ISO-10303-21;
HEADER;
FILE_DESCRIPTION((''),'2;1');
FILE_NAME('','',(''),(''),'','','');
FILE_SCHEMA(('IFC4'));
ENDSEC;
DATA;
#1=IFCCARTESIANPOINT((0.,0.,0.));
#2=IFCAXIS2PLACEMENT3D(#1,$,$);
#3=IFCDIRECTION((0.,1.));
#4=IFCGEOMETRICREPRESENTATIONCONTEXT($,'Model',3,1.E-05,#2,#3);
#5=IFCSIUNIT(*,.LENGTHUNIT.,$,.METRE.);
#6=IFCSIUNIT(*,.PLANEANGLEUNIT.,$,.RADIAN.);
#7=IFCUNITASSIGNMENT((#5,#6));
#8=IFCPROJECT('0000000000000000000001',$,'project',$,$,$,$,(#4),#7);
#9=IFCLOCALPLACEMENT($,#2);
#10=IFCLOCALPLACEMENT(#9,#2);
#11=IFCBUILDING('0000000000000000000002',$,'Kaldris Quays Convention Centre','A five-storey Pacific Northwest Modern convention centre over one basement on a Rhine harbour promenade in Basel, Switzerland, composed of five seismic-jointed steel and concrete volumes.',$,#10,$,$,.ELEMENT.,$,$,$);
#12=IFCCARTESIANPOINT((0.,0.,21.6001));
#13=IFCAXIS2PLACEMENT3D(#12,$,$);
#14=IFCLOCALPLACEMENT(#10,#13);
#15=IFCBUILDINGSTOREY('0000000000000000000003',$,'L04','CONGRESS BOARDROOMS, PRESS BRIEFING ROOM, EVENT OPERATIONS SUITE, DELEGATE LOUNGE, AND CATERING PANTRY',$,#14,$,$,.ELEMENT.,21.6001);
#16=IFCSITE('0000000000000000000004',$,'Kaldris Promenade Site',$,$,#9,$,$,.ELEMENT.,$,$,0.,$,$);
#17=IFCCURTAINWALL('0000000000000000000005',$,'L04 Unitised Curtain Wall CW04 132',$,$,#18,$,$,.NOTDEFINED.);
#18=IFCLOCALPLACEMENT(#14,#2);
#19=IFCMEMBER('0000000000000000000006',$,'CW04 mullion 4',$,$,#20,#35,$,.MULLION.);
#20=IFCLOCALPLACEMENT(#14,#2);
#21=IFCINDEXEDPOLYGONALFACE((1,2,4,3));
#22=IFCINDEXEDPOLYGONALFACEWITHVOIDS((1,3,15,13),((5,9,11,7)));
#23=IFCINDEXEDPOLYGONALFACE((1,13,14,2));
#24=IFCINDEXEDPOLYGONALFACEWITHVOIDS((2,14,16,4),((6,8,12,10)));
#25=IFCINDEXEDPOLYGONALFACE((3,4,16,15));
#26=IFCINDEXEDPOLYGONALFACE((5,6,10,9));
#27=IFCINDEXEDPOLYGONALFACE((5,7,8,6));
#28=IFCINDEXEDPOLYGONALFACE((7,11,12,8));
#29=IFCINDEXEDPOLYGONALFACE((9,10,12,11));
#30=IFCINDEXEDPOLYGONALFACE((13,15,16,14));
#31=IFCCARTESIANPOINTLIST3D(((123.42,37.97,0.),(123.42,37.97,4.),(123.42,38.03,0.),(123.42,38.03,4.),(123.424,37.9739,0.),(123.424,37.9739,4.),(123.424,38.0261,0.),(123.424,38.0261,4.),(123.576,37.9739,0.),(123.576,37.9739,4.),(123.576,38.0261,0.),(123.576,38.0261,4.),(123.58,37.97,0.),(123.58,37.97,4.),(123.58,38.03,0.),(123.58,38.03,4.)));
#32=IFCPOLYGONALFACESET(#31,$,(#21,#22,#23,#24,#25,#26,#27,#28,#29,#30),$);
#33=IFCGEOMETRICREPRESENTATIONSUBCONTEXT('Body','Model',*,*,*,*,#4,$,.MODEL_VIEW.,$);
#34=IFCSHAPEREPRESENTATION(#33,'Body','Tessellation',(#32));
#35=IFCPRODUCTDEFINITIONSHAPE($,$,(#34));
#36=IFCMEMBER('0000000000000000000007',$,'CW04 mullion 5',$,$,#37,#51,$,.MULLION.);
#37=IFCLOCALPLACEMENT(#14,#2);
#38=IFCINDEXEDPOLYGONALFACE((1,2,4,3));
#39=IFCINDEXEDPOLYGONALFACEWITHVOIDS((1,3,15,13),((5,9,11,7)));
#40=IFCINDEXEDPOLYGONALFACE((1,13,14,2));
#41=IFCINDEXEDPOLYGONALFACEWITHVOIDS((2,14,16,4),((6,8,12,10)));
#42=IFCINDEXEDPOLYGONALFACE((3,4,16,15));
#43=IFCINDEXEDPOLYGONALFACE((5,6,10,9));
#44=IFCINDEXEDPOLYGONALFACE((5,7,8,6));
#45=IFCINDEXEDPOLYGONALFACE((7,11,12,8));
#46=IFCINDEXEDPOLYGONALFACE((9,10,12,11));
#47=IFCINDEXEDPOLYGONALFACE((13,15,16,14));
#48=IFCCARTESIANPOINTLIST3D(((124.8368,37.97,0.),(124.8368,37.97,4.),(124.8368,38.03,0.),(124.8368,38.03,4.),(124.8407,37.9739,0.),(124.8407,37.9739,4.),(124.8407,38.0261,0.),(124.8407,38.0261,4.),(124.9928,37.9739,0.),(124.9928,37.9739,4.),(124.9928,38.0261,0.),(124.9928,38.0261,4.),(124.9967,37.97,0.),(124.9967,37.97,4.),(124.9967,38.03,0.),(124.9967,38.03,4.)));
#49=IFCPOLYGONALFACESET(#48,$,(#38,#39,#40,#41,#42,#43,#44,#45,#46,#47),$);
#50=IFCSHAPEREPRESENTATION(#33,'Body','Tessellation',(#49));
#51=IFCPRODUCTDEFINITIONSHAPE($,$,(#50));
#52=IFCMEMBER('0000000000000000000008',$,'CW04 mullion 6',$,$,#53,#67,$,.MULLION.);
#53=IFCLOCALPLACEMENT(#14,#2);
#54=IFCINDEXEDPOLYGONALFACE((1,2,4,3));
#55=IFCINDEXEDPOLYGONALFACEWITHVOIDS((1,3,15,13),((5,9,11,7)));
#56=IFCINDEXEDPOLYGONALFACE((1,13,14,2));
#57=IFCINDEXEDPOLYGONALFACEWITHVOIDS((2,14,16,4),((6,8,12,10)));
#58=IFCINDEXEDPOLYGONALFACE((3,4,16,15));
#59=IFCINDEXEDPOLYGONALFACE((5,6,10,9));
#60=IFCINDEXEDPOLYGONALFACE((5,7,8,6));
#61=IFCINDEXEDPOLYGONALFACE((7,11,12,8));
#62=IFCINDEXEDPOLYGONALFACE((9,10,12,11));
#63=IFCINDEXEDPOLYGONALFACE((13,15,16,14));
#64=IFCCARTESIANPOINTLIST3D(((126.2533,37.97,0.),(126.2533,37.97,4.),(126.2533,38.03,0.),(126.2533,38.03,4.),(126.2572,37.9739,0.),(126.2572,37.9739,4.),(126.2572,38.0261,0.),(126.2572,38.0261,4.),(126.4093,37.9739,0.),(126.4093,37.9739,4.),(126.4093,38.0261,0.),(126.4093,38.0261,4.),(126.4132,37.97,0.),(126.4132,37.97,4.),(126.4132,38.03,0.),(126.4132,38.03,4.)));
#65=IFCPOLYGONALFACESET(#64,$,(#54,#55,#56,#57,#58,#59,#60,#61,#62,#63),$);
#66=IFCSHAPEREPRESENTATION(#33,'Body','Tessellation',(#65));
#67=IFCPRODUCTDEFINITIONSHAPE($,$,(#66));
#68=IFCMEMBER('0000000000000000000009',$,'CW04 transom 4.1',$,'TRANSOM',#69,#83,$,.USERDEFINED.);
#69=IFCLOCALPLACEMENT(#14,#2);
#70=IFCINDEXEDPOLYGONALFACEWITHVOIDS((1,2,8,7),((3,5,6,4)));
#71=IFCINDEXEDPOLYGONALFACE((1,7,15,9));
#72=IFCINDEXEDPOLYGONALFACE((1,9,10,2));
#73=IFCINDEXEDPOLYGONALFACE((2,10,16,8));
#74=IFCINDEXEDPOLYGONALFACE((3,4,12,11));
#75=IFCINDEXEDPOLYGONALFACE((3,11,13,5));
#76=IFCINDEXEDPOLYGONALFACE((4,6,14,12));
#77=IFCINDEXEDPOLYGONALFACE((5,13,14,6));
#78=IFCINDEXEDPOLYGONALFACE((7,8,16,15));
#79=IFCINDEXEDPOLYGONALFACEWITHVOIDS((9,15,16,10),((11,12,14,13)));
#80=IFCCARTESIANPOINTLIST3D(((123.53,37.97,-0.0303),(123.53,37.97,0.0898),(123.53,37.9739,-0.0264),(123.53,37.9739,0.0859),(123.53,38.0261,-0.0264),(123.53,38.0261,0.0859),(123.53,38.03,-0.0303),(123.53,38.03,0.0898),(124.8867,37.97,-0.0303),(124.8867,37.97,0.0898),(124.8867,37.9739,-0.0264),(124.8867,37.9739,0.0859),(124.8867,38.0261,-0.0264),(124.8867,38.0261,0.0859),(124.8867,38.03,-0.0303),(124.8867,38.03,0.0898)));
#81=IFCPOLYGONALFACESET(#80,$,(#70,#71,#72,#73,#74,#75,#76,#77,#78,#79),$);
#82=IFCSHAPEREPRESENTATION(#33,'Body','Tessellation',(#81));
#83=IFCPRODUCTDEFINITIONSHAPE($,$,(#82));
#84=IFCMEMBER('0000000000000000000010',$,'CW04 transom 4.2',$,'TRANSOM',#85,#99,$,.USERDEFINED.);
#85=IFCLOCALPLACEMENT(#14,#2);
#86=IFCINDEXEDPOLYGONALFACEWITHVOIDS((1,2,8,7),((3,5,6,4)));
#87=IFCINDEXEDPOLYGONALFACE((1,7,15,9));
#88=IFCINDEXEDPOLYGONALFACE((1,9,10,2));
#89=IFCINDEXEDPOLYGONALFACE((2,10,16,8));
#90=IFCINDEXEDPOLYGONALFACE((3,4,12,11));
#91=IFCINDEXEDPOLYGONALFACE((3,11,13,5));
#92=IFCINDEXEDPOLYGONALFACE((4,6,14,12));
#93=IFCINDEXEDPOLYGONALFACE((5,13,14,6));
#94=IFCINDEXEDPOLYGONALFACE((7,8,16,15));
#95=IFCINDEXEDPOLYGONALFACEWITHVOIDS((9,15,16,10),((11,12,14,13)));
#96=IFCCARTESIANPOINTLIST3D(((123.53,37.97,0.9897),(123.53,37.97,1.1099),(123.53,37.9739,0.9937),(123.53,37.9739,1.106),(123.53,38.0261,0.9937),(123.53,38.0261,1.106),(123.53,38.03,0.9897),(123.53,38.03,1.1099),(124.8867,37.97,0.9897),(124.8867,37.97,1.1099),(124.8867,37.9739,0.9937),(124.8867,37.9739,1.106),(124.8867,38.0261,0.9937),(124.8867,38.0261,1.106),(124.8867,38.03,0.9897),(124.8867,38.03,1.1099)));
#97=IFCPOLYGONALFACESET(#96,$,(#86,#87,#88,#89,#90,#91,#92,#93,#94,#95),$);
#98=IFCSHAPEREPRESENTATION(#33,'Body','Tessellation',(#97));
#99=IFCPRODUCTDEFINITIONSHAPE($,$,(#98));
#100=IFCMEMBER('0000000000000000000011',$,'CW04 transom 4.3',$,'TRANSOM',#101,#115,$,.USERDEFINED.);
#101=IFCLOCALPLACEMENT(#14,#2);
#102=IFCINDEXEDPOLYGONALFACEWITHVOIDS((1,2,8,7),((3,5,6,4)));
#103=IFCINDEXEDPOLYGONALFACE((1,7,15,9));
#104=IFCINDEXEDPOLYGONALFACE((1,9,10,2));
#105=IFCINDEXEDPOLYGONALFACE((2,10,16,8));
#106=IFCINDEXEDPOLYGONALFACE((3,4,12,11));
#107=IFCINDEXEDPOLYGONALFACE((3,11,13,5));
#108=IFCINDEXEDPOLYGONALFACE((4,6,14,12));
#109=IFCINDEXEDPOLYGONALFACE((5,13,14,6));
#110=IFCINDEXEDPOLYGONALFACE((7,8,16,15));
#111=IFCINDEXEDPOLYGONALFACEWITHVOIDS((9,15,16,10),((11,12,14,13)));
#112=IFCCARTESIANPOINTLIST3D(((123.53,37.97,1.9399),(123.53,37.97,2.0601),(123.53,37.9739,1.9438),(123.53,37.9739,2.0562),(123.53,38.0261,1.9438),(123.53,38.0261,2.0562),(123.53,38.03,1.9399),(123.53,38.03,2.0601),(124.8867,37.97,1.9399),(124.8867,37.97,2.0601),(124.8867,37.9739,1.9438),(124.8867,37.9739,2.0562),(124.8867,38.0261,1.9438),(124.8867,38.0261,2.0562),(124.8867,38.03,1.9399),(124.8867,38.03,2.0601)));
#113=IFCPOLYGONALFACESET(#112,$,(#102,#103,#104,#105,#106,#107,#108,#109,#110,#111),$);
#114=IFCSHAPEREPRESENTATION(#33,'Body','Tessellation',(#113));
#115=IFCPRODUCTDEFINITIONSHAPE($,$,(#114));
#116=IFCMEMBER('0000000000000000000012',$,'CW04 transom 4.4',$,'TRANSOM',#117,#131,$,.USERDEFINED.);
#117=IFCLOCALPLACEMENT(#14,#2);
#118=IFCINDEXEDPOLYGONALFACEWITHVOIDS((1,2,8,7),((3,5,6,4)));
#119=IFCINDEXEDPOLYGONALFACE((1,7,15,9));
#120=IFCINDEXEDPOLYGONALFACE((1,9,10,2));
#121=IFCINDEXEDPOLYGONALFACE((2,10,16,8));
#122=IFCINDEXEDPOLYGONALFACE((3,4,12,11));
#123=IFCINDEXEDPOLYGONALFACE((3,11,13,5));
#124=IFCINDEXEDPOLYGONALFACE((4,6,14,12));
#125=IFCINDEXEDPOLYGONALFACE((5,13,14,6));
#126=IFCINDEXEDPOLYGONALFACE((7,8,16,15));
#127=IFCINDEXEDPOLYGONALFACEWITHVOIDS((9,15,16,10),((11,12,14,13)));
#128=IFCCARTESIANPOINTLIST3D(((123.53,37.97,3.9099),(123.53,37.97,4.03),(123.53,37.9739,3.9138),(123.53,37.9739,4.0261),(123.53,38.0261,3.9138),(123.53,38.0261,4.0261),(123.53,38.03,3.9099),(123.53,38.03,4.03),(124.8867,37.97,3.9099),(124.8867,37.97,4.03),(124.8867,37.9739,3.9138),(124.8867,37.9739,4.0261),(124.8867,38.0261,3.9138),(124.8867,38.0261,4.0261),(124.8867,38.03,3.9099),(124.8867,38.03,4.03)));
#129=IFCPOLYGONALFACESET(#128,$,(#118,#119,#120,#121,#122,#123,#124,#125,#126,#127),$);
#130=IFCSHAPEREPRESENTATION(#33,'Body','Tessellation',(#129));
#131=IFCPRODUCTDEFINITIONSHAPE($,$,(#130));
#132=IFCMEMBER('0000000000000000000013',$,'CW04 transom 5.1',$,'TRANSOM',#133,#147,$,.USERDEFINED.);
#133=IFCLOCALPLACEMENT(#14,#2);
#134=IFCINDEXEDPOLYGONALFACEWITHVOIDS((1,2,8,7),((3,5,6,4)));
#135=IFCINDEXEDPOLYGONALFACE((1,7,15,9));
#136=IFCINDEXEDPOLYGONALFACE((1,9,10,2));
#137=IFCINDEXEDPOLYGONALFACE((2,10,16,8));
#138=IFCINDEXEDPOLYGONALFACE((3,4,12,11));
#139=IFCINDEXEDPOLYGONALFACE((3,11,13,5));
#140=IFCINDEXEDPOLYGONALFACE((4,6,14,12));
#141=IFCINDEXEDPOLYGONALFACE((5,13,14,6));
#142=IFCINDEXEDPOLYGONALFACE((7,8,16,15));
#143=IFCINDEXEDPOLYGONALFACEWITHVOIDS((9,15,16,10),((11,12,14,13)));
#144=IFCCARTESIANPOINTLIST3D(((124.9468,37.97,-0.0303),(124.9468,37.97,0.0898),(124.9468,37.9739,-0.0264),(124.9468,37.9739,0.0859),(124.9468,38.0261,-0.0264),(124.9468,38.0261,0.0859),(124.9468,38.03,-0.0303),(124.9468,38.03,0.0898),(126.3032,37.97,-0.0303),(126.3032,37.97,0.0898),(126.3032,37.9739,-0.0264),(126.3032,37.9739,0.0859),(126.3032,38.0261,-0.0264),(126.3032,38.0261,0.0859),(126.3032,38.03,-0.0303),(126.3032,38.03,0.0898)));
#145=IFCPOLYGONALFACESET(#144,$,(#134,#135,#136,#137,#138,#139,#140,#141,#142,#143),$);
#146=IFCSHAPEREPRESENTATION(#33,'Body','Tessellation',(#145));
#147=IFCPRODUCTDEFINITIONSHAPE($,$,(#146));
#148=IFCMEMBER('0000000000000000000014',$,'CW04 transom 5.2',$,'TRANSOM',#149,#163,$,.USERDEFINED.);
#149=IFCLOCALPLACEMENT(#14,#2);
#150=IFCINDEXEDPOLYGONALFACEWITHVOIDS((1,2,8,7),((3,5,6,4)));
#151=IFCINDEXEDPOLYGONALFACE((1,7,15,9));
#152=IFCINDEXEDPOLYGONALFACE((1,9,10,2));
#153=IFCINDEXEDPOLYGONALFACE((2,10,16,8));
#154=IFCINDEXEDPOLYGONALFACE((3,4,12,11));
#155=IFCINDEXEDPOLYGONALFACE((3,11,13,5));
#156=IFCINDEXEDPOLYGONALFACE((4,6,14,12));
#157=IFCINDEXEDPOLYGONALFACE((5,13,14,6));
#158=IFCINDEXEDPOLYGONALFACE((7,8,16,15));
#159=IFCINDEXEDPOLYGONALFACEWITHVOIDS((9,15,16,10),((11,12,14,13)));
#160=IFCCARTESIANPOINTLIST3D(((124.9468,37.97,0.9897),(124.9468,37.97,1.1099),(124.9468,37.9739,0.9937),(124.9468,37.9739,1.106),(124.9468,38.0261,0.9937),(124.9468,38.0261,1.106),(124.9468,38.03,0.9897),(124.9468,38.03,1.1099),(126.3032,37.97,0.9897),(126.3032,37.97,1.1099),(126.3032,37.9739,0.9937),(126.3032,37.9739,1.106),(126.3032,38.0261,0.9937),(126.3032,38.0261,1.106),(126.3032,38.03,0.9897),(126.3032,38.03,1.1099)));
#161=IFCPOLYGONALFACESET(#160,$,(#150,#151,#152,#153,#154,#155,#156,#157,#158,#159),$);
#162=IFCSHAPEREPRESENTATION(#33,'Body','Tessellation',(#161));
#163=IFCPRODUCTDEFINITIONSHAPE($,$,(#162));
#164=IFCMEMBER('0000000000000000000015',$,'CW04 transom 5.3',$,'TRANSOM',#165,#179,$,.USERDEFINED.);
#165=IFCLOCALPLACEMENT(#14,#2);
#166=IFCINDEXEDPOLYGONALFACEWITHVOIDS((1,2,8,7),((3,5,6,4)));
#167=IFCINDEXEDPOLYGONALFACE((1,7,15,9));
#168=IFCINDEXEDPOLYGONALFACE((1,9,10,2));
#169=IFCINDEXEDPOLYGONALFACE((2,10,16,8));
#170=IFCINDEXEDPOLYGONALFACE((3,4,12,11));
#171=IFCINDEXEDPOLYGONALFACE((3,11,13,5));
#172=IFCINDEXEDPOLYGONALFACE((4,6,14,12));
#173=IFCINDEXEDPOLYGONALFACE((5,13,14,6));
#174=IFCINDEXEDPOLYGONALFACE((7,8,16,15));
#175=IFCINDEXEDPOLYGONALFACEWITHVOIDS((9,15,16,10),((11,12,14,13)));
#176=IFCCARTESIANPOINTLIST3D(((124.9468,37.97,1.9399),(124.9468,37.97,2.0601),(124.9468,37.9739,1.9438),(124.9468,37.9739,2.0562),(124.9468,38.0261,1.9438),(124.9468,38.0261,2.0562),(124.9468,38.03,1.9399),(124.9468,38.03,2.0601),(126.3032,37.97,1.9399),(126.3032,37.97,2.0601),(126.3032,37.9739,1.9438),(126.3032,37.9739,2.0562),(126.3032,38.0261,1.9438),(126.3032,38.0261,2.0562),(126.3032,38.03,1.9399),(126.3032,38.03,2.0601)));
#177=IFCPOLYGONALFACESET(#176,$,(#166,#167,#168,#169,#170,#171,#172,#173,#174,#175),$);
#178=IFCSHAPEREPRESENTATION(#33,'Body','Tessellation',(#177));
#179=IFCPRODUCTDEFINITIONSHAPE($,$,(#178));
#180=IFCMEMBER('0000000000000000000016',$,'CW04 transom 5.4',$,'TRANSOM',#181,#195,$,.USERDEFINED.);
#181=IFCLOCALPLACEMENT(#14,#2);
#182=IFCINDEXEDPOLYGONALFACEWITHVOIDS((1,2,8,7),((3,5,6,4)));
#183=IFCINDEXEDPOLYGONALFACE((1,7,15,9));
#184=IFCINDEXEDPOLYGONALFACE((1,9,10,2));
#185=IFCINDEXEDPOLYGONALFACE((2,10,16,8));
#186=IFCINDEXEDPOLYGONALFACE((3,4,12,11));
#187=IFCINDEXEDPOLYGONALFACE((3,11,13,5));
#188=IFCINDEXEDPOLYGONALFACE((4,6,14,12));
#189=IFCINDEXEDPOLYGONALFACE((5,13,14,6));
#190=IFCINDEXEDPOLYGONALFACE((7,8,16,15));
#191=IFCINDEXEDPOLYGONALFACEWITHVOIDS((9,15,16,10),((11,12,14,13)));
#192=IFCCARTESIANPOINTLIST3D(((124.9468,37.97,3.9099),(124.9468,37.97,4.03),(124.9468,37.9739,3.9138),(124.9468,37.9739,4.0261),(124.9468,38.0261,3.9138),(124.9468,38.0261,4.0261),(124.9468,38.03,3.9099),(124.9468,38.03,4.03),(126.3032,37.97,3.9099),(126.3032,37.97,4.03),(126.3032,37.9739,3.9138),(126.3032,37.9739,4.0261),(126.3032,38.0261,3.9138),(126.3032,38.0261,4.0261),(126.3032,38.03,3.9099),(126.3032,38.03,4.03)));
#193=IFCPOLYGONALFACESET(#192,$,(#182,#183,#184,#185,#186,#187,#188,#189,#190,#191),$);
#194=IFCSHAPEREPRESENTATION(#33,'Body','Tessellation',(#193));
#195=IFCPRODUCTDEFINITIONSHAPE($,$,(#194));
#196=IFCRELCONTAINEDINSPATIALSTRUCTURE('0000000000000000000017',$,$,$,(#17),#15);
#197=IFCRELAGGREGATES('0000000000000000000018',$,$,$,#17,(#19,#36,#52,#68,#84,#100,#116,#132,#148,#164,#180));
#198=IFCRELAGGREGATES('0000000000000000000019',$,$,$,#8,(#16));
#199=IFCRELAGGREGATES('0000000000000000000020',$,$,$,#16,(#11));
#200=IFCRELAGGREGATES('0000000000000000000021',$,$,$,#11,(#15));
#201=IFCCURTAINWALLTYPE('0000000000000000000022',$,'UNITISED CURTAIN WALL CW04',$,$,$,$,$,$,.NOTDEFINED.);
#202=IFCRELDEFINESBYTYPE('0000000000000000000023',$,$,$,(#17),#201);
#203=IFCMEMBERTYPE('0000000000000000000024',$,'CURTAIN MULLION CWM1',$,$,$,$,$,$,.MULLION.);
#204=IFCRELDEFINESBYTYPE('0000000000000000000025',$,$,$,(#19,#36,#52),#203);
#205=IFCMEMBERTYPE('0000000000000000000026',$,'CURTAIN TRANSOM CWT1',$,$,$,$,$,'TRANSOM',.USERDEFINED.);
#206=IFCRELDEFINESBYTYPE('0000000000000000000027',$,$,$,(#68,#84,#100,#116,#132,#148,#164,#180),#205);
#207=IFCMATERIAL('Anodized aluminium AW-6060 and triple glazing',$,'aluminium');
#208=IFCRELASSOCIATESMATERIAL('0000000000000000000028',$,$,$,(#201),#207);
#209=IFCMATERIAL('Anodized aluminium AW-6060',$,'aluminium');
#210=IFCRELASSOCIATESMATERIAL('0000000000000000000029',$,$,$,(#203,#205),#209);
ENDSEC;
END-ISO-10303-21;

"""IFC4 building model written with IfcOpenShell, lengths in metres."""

from ifc_helpers import new_model, si_unit, direction, frame, origin, origin_2d, place, context, subcontext, project, spatial, hollow_rectangle, extrude, material, material_profile, profile_set, type_object, element, aggregate, save


model = new_model("IFC4")

# Units and contexts
model_context = context("Model", 3, precision=1e-05, world=origin(), true_north=direction((0.0, 1.0)))
body_context = subcontext(model_context, "Body", "Model", "MODEL_VIEW")
ifc_project = project(units=[si_unit("LENGTHUNIT", "METRE"), si_unit("PLANEANGLEUNIT", "RADIAN")], contexts=[model_context])

# Site, building, storey
site_placement = place(None, origin())
site = spatial("IfcSite", under=ifc_project, at=site_placement, Name="Kaldris Promenade Site", CompositionType="ELEMENT", RefElevation=0.0)
building_placement = place(site_placement, origin())
building = spatial("IfcBuilding", under=site, at=building_placement, Name="Kaldris Quays Convention Centre", Description="A five-storey Pacific Northwest Modern convention centre over one basement on a Rhine harbour promenade in Basel, Switzerland, composed of five seismic-jointed steel and concrete volumes.", CompositionType="ELEMENT")
storey_placement = place(building_placement, frame((0.0, 0.0, 21.6001)))
storey = spatial("IfcBuildingStorey", under=building, at=storey_placement, Name="L04", Description="CONGRESS BOARDROOMS, PRESS BRIEFING ROOM, EVENT OPERATIONS SUITE, DELEGATE LOUNGE, AND CATERING PANTRY", CompositionType="ELEMENT", Elevation=21.6001)

# Curtain wall, members
ifc_material_1 = material(Name="Anodized aluminium AW-6060 and triple glazing", Category="aluminium")
curtain_wall_type = type_object("IfcCurtainWallType", Name="UNITISED CURTAIN WALL CW04", PredefinedType="NOTDEFINED", material=ifc_material_1)
curtain_wall_placement = place(storey_placement, origin())
curtain_wall = element("IfcCurtainWall", 1, at=curtain_wall_placement, inside=storey, type_object=curtain_wall_type, Name="L04 Unitised Curtain Wall CW04 132", PredefinedType="NOTDEFINED")
ifc_material_2 = material(Name="Anodized aluminium AW-6060", Category="aluminium")
ifc_material_profile_1 = material_profile(ifc_material_2, hollow_rectangle(XDim=0.0601, YDim=0.1599, WallThickness=0.0039, at=origin_2d()), Name="RHS 160x60x4")
ifc_profile_set_1 = profile_set([ifc_material_profile_1], Name="Anodized aluminium AW-6060")
member_type_1 = type_object("IfcMemberType", Name="CURTAIN MULLION CWM1", PredefinedType="MULLION", material=ifc_profile_set_1)
member_1_placement = place(storey_placement, frame((123.5, 38.0, 0.0), z_axis=(0.0, 0.0, 1.0), x_axis=(0.0, 1.0, 0.0)))
member_1 = element("IfcMember", 2, at=member_1_placement, type_object=member_type_1, Name="CW04 mullion 4", PredefinedType="MULLION", context=body_context, shape_type="SweptSolid", body=[
    extrude(hollow_rectangle(XDim=0.0601, YDim=0.1599, WallThickness=0.0039, at=origin_2d()), origin(), (0.0, 0.0, 1.0), 4.0),
])
member_2_placement = place(storey_placement, frame((124.9167, 38.0, 0.0), z_axis=(0.0, 0.0, 1.0), x_axis=(0.0, 1.0, 0.0)))
member_2 = element("IfcMember", 3, at=member_2_placement, type_object=member_type_1, Name="CW04 mullion 5", PredefinedType="MULLION", context=body_context, shape_type="SweptSolid", body=[
    extrude(hollow_rectangle(XDim=0.0601, YDim=0.1599, WallThickness=0.0039, at=origin_2d()), origin(), (0.0, 0.0, 1.0), 4.0),
])
member_3_placement = place(storey_placement, frame((126.3333, 38.0, 0.0), z_axis=(0.0, 0.0, 1.0), x_axis=(0.0, 1.0, 0.0)))
member_3 = element("IfcMember", 4, at=member_3_placement, type_object=member_type_1, Name="CW04 mullion 6", PredefinedType="MULLION", context=body_context, shape_type="SweptSolid", body=[
    extrude(hollow_rectangle(XDim=0.0601, YDim=0.1599, WallThickness=0.0039, at=origin_2d()), origin(), (0.0, 0.0, 1.0), 4.0),
])
ifc_material_profile_2 = material_profile(ifc_material_2, hollow_rectangle(XDim=0.0601, YDim=0.1201, WallThickness=0.0039, at=origin_2d()), Name="RHS 120x60x4")
ifc_profile_set_2 = profile_set([ifc_material_profile_2], Name="Anodized aluminium AW-6060")
member_type_2 = type_object("IfcMemberType", Name="CURTAIN TRANSOM CWT1", ElementType="TRANSOM", PredefinedType="USERDEFINED", material=ifc_profile_set_2)
member_4_placement = place(storey_placement, frame((123.53, 38.0, 0.0298), z_axis=(1.0, 0.0, 0.0), x_axis=(0.0, 1.0, 0.0)))
member_4 = element("IfcMember", 5, at=member_4_placement, type_object=member_type_2, Name="CW04 transom 4.1", ObjectType="TRANSOM", PredefinedType="USERDEFINED", context=body_context, shape_type="SweptSolid", body=[
    extrude(hollow_rectangle(XDim=0.0601, YDim=0.1201, WallThickness=0.0039, at=origin_2d()), origin(), (0.0, 0.0, 1.0), 1.3567),
])
member_5_placement = place(storey_placement, frame((123.53, 38.0, 1.0498), z_axis=(1.0, 0.0, 0.0), x_axis=(0.0, 1.0, 0.0)))
member_5 = element("IfcMember", 6, at=member_5_placement, type_object=member_type_2, Name="CW04 transom 4.2", ObjectType="TRANSOM", PredefinedType="USERDEFINED", context=body_context, shape_type="SweptSolid", body=[
    extrude(hollow_rectangle(XDim=0.0601, YDim=0.1201, WallThickness=0.0039, at=origin_2d()), origin(), (0.0, 0.0, 1.0), 1.3567),
])
member_6_placement = place(storey_placement, frame((123.53, 38.0, 2.0), z_axis=(1.0, 0.0, 0.0), x_axis=(0.0, 1.0, 0.0)))
member_6 = element("IfcMember", 7, at=member_6_placement, type_object=member_type_2, Name="CW04 transom 4.3", ObjectType="TRANSOM", PredefinedType="USERDEFINED", context=body_context, shape_type="SweptSolid", body=[
    extrude(hollow_rectangle(XDim=0.0601, YDim=0.1201, WallThickness=0.0039, at=origin_2d()), origin(), (0.0, 0.0, 1.0), 1.3567),
])
member_7_placement = place(storey_placement, frame((123.53, 38.0, 3.97), z_axis=(1.0, 0.0, 0.0), x_axis=(0.0, 1.0, 0.0)))
member_7 = element("IfcMember", 8, at=member_7_placement, type_object=member_type_2, Name="CW04 transom 4.4", ObjectType="TRANSOM", PredefinedType="USERDEFINED", context=body_context, shape_type="SweptSolid", body=[
    extrude(hollow_rectangle(XDim=0.0601, YDim=0.1201, WallThickness=0.0039, at=origin_2d()), origin(), (0.0, 0.0, 1.0), 1.3567),
])
member_8_placement = place(storey_placement, frame((124.9468, 38.0, 0.0298), z_axis=(1.0, 0.0, 0.0), x_axis=(0.0, 1.0, 0.0)))
member_8 = element("IfcMember", 9, at=member_8_placement, type_object=member_type_2, Name="CW04 transom 5.1", ObjectType="TRANSOM", PredefinedType="USERDEFINED", context=body_context, shape_type="SweptSolid", body=[
    extrude(hollow_rectangle(XDim=0.0601, YDim=0.1201, WallThickness=0.0039, at=origin_2d()), origin(), (0.0, 0.0, 1.0), 1.3564),
])
member_9_placement = place(storey_placement, frame((124.9468, 38.0, 1.0498), z_axis=(1.0, 0.0, 0.0), x_axis=(0.0, 1.0, 0.0)))
member_9 = element("IfcMember", 10, at=member_9_placement, type_object=member_type_2, Name="CW04 transom 5.2", ObjectType="TRANSOM", PredefinedType="USERDEFINED", context=body_context, shape_type="SweptSolid", body=[
    extrude(hollow_rectangle(XDim=0.0601, YDim=0.1201, WallThickness=0.0039, at=origin_2d()), origin(), (0.0, 0.0, 1.0), 1.3564),
])
member_10_placement = place(storey_placement, frame((124.9468, 38.0, 2.0), z_axis=(1.0, 0.0, 0.0), x_axis=(0.0, 1.0, 0.0)))
member_10 = element("IfcMember", 11, at=member_10_placement, type_object=member_type_2, Name="CW04 transom 5.3", ObjectType="TRANSOM", PredefinedType="USERDEFINED", context=body_context, shape_type="SweptSolid", body=[
    extrude(hollow_rectangle(XDim=0.0601, YDim=0.1201, WallThickness=0.0039, at=origin_2d()), origin(), (0.0, 0.0, 1.0), 1.3564),
])
member_11_placement = place(storey_placement, frame((124.9468, 38.0, 3.97), z_axis=(1.0, 0.0, 0.0), x_axis=(0.0, 1.0, 0.0)))
member_11 = element("IfcMember", 12, at=member_11_placement, type_object=member_type_2, Name="CW04 transom 5.4", ObjectType="TRANSOM", PredefinedType="USERDEFINED", context=body_context, shape_type="SweptSolid", body=[
    extrude(hollow_rectangle(XDim=0.0601, YDim=0.1201, WallThickness=0.0039, at=origin_2d()), origin(), (0.0, 0.0, 1.0), 1.3564),
])
aggregate(curtain_wall, [member_1, member_2, member_3, member_4, member_5, member_6, member_7, member_8, member_9, member_10, member_11])

save(model, "model.ifc")
